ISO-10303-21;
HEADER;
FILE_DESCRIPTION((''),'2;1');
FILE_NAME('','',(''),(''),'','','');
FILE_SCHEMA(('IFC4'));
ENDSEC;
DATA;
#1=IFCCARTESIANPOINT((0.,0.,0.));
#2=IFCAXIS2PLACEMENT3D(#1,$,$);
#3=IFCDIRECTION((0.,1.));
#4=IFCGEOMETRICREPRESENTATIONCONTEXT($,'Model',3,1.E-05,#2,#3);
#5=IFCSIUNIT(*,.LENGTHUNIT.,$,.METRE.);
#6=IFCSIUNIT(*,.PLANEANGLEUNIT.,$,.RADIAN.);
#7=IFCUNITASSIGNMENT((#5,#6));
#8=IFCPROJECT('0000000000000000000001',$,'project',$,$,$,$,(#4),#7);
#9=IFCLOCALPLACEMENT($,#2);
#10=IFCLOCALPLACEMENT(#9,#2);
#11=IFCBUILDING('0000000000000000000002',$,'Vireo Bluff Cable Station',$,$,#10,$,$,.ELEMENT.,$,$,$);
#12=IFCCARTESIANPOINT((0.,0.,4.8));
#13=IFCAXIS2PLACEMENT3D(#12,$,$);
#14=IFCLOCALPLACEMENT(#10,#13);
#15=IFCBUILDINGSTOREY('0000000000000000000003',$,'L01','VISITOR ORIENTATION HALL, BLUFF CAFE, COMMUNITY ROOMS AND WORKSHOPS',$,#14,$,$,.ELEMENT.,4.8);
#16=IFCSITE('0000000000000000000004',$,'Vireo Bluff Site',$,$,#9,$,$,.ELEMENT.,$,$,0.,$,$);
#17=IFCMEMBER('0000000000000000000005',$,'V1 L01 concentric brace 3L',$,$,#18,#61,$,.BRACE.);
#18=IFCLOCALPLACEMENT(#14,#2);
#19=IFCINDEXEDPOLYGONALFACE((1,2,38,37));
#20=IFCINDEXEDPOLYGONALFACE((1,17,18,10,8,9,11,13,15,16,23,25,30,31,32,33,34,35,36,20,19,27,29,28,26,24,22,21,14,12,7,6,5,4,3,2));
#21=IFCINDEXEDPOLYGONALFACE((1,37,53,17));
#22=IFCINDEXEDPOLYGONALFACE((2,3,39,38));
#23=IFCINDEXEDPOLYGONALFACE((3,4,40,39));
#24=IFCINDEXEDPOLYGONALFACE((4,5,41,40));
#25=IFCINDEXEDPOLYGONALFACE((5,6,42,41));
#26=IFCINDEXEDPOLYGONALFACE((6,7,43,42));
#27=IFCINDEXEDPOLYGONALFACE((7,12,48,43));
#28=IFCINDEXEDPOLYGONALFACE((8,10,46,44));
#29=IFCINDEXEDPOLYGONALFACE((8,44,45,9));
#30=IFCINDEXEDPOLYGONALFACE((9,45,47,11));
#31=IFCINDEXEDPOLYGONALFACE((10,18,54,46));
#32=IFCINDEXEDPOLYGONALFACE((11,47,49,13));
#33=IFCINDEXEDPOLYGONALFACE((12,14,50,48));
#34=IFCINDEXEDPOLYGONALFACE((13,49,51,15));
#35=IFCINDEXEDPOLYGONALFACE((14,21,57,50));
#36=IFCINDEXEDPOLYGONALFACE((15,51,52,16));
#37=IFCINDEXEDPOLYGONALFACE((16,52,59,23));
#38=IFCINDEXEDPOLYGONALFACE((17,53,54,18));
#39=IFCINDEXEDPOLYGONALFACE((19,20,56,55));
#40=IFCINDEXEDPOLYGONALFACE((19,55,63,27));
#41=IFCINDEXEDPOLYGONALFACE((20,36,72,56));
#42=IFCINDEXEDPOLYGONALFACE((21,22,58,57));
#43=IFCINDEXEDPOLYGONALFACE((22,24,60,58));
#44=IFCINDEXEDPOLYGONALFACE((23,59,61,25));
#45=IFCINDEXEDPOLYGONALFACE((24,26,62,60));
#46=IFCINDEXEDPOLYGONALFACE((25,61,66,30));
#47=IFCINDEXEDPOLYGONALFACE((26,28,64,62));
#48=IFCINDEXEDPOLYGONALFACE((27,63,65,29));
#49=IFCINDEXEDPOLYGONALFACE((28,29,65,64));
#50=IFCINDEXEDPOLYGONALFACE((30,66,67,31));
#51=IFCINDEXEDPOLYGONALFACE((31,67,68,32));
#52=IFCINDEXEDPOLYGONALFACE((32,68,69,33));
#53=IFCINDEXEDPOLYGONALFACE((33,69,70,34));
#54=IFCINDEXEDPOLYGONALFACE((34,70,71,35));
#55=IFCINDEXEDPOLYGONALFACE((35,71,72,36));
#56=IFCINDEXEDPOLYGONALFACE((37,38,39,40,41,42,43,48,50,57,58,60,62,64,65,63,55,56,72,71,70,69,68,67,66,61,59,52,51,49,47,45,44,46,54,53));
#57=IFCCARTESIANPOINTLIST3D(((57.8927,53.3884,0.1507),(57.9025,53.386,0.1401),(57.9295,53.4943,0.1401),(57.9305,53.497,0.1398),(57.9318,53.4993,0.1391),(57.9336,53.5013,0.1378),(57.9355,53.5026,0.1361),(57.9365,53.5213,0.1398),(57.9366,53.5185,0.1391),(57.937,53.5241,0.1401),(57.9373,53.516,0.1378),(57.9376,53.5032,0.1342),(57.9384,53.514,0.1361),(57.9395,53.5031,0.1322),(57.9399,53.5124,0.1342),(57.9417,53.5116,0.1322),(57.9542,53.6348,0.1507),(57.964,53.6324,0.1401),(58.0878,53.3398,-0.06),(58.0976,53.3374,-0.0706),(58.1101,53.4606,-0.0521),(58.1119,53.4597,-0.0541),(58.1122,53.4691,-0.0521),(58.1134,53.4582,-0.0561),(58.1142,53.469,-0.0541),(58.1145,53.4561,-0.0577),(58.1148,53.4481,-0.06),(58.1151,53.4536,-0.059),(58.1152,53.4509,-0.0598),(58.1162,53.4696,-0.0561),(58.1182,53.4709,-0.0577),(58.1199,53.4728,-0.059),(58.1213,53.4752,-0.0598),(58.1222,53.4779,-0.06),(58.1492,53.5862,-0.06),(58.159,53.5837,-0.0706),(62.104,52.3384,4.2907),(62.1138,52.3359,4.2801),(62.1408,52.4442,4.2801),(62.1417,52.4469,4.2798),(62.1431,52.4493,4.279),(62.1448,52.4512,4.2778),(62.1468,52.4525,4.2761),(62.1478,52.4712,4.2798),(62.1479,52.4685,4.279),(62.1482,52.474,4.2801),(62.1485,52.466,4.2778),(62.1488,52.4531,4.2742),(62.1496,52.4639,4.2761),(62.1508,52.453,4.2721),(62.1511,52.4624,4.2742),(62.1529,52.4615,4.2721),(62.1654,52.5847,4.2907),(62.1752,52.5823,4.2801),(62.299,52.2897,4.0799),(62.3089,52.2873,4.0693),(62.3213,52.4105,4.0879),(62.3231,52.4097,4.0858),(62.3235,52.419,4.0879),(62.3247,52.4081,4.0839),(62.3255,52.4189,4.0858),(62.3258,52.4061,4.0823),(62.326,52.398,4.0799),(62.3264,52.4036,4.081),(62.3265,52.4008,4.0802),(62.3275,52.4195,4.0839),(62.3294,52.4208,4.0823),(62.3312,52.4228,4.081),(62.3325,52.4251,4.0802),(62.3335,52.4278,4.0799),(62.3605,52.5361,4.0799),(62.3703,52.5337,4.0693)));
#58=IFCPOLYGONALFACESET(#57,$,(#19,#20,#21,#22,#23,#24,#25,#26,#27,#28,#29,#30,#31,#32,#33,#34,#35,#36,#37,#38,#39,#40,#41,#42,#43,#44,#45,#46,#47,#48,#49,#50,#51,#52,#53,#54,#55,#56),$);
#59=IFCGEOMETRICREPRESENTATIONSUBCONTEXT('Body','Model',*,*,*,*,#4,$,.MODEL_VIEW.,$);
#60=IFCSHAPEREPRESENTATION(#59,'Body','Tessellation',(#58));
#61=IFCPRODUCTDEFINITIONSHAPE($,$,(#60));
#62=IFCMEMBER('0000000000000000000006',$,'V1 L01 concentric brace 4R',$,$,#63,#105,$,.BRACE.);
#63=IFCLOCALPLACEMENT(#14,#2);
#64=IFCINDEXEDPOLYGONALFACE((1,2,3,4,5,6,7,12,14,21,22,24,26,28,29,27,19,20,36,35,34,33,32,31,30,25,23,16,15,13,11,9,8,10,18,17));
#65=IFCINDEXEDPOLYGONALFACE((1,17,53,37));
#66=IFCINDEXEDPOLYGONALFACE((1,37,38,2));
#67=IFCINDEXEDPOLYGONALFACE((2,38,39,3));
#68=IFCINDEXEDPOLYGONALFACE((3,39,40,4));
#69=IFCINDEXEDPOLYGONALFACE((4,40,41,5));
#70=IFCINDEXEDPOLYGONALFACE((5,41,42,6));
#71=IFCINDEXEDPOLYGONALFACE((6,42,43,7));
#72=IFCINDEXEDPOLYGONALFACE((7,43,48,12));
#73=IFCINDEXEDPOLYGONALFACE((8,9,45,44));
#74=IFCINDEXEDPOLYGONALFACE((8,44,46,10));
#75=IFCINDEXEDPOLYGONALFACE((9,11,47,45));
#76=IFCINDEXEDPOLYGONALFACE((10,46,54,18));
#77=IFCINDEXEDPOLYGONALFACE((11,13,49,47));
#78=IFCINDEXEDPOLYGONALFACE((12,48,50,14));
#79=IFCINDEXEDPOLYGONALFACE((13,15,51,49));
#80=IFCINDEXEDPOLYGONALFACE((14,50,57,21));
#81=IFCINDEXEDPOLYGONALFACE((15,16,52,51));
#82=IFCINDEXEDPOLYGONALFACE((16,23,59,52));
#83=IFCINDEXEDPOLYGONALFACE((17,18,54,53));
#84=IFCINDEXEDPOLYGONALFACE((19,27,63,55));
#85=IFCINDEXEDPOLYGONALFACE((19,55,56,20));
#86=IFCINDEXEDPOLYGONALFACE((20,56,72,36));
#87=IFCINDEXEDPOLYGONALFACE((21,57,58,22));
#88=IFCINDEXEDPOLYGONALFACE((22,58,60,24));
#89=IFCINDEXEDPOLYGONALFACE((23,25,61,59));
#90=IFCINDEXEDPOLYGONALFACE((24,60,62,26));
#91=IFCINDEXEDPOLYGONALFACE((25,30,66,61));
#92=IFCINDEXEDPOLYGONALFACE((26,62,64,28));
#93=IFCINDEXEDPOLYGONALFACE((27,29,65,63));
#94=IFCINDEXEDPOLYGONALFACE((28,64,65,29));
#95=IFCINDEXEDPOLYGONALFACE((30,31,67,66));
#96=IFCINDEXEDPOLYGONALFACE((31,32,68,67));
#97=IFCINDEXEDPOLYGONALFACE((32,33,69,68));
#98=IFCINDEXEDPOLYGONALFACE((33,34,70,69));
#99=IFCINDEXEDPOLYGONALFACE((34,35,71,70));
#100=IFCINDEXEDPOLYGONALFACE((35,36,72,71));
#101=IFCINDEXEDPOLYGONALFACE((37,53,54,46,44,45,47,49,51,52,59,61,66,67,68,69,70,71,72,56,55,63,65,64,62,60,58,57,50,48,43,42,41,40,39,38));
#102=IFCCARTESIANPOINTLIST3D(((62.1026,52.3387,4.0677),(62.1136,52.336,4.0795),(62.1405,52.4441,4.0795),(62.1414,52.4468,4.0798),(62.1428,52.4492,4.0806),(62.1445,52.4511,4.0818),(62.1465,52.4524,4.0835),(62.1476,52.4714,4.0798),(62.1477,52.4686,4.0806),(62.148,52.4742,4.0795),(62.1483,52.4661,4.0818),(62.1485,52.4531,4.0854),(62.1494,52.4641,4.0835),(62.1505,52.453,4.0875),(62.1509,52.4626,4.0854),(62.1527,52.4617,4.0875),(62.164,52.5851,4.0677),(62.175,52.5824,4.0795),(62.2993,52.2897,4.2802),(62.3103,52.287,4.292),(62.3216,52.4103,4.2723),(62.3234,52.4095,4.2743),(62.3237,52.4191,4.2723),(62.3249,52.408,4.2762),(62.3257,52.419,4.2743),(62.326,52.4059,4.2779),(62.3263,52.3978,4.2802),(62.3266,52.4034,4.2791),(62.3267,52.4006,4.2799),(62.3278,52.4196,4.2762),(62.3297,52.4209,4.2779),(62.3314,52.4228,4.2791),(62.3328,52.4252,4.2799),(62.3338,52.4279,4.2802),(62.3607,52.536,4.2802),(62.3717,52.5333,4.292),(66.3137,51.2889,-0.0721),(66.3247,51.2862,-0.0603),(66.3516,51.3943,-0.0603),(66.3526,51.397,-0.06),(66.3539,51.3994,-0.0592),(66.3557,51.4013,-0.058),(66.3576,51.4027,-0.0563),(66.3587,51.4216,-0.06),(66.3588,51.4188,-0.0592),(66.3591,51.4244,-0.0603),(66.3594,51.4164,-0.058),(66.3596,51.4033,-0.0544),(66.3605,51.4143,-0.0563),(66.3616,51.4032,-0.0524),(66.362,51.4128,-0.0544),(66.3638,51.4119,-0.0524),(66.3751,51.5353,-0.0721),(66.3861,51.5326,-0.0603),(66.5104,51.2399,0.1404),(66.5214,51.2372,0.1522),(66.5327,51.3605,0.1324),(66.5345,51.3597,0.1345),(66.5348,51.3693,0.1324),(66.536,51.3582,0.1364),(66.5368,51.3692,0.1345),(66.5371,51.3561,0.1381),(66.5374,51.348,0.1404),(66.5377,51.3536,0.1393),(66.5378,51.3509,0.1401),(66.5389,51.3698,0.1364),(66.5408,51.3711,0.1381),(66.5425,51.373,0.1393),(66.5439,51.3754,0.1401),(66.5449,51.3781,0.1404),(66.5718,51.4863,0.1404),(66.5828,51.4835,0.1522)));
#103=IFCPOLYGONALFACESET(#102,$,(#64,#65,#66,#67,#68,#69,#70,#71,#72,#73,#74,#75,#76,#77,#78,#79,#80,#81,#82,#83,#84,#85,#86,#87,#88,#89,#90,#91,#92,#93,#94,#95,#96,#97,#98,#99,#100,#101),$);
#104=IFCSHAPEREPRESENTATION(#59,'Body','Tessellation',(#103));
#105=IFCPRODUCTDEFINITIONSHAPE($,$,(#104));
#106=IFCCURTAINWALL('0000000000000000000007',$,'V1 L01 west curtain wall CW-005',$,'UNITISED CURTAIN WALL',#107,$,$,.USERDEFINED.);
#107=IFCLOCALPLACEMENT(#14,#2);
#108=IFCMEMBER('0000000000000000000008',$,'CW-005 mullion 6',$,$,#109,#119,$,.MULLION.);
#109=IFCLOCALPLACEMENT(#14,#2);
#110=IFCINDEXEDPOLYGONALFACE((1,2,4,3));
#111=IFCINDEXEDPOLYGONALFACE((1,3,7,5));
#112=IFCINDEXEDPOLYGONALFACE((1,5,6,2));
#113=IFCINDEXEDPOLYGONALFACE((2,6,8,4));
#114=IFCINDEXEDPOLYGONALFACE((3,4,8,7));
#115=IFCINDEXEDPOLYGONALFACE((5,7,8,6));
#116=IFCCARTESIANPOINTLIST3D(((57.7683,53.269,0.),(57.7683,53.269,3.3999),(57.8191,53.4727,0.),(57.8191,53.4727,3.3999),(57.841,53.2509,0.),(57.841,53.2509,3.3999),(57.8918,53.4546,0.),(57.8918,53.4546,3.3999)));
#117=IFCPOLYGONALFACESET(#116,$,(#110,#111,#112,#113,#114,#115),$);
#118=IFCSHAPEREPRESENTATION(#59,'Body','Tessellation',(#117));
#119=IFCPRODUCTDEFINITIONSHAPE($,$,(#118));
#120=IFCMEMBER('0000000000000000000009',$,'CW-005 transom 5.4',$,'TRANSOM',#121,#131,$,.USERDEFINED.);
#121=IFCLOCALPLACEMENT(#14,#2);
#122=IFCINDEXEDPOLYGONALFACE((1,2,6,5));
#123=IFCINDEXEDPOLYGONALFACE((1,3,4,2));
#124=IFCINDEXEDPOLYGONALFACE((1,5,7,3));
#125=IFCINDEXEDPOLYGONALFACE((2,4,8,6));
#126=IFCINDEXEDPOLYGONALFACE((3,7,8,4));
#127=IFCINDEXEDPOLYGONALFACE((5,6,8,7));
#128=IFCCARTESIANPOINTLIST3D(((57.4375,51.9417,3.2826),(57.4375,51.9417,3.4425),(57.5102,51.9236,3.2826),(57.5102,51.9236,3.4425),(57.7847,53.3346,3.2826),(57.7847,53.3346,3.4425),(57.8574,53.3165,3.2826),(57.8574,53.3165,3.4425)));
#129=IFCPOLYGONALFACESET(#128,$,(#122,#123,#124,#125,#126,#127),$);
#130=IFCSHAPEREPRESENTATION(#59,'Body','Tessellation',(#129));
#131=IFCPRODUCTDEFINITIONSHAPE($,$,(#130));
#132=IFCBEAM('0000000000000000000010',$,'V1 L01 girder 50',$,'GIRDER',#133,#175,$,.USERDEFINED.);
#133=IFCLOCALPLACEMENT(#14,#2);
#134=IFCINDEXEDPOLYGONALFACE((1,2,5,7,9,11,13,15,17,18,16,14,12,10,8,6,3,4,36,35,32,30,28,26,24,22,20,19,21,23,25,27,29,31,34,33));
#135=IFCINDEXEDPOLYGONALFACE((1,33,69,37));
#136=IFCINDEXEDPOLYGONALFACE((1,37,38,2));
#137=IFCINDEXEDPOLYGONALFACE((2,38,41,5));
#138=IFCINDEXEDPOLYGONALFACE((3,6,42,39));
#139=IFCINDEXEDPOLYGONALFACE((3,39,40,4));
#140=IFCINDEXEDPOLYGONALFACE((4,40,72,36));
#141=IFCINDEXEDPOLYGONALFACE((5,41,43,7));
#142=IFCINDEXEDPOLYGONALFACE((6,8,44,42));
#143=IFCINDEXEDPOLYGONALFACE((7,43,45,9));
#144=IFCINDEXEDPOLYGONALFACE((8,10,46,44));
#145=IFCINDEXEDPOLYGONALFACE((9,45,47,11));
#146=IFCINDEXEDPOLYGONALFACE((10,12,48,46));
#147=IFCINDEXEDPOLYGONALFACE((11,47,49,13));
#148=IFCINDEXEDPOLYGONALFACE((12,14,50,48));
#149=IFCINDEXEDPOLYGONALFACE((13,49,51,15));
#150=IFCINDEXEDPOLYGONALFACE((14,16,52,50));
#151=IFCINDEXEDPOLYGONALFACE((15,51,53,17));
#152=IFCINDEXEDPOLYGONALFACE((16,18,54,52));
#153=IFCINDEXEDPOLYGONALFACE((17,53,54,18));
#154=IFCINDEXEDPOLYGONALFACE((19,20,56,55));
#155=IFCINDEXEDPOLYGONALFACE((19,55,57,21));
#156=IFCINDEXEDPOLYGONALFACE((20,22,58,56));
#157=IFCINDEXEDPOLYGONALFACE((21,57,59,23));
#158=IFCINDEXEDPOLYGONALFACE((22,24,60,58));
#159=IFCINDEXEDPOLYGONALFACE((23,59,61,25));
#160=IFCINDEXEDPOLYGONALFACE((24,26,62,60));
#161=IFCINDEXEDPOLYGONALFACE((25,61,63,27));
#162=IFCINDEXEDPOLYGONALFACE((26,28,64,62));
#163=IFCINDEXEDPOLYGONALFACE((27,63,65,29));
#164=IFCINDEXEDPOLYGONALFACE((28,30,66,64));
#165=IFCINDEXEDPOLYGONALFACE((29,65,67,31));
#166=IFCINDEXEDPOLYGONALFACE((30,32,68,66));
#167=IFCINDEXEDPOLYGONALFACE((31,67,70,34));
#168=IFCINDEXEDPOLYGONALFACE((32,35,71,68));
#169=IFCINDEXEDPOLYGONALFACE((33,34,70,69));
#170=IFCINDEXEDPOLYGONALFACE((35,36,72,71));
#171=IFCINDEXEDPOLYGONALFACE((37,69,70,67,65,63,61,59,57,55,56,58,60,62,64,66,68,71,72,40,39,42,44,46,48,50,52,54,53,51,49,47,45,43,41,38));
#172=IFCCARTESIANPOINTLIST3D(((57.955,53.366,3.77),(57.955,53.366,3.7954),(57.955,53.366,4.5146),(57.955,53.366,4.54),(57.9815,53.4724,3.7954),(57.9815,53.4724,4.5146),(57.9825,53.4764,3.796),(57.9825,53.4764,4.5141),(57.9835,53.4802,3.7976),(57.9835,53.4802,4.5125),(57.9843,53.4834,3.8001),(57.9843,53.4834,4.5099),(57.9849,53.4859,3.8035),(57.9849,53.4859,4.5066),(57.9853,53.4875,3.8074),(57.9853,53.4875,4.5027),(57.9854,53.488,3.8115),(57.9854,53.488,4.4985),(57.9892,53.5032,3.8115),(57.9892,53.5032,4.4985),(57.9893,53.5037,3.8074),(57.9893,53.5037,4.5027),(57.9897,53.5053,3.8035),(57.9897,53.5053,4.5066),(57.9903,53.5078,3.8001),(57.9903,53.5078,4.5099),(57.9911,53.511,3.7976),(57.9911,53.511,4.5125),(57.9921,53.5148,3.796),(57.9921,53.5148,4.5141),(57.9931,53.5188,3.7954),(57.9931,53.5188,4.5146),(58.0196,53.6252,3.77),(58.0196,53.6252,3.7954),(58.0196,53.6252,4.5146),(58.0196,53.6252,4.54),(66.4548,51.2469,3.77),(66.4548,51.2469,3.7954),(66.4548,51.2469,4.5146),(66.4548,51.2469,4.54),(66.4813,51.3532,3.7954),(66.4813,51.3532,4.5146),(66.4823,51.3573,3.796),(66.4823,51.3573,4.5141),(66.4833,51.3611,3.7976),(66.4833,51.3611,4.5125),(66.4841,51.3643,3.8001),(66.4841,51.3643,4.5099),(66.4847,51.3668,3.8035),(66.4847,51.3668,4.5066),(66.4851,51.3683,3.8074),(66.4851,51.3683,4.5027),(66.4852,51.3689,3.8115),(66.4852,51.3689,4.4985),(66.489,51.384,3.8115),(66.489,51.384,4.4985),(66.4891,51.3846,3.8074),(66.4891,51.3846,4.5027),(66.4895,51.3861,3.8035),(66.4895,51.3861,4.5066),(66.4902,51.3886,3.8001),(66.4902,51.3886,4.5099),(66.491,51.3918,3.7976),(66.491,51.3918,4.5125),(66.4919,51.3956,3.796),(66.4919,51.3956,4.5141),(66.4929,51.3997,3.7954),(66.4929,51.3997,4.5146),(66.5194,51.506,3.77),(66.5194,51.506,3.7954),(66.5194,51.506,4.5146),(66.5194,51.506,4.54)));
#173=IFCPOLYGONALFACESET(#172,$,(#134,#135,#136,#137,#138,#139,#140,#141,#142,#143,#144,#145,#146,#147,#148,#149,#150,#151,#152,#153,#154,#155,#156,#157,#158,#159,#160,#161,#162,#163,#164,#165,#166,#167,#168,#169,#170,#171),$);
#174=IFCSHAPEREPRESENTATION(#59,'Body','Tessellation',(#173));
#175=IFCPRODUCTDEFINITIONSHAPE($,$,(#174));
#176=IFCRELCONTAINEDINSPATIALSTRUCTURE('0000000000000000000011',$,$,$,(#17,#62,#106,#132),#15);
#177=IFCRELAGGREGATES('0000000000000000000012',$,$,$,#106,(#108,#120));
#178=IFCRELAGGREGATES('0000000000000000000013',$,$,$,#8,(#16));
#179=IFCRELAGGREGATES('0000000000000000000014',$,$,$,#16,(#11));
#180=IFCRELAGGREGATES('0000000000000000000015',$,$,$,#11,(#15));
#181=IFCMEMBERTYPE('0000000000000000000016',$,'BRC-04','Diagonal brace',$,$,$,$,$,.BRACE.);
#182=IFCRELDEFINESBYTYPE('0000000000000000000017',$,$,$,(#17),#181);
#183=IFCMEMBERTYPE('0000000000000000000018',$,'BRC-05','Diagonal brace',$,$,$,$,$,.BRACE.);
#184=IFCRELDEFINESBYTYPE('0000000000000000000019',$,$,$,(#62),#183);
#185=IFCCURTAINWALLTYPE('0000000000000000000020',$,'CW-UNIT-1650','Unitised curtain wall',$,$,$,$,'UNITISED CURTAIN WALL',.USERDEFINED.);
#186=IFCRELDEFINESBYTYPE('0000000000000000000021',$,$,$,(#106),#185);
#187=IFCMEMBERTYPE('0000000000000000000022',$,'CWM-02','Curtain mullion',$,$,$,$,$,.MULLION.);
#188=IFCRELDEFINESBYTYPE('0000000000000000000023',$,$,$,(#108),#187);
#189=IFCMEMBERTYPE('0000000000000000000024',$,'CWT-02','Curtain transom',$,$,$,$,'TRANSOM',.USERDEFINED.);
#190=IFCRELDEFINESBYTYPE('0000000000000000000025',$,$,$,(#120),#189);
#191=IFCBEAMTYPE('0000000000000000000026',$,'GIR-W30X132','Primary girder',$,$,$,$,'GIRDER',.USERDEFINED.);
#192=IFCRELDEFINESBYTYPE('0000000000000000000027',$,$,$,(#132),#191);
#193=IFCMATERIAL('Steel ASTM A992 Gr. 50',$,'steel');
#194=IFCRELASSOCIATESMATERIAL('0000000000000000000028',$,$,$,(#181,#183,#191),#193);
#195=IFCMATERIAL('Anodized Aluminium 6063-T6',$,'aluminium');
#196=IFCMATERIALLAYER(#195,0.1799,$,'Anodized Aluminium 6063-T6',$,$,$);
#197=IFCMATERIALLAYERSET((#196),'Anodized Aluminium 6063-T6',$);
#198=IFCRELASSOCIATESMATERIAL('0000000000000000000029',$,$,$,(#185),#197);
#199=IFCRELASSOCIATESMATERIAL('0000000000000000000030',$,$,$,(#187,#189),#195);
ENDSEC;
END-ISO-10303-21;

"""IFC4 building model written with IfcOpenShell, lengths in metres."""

from ifc_helpers import new_model, si_unit, direction, frame, origin, origin_2d, place, context, subcontext, project, spatial, rectangle, i_section, extrude, material, layer, layer_set, material_profile, profile_set, type_object, element, aggregate, save


model = new_model("IFC4")

# Units and contexts
model_context = context("Model", 3, precision=1e-05, world=origin(), true_north=direction((0.0, 1.0)))
body_context = subcontext(model_context, "Body", "Model", "MODEL_VIEW")
ifc_project = project(units=[si_unit("LENGTHUNIT", "METRE"), si_unit("PLANEANGLEUNIT", "RADIAN")], contexts=[model_context])

# Site, building, storey
site_placement = place(None, origin())
site = spatial("IfcSite", under=ifc_project, at=site_placement, Name="Vireo Bluff Site", CompositionType="ELEMENT", RefElevation=0.0)
building_placement = place(site_placement, origin())
building = spatial("IfcBuilding", under=site, at=building_placement, Name="Vireo Bluff Cable Station", CompositionType="ELEMENT")
storey_placement = place(building_placement, frame((0.0, 0.0, 4.8)))
storey = spatial("IfcBuildingStorey", under=building, at=storey_placement, Name="L01", Description="VISITOR ORIENTATION HALL, BLUFF CAFE, COMMUNITY ROOMS AND WORKSHOPS", CompositionType="ELEMENT", Elevation=4.8)

# Shared definitions
ifc_material_1 = material(Name="Steel ASTM A992 Gr. 50", Category="steel")

# Members
ifc_material_profile_1 = material_profile(ifc_material_1, i_section(OverallWidth=0.2539, OverallDepth=0.3059, WebThickness=0.0088, FlangeThickness=0.0146, FilletRadius=0.011, at=origin_2d()), Name="W12X53")
ifc_profile_set_1 = profile_set([ifc_material_profile_1], Name="Steel ASTM A992 Gr. 50")
member_type_1 = type_object("IfcMemberType", Name="BRC-04", Description="Diagonal brace", PredefinedType="BRACE", material=ifc_profile_set_1)
member_1_placement = place(storey_placement, frame((58.0259, 53.4861, 0.04), z_axis=(0.702104, -0.175068, 0.690218), x_axis=(0.24194, 0.970291, 0.0)))
element("IfcMember", 1, at=member_1_placement, inside=storey, type_object=member_type_1, Name="V1 L01 concentric brace 3L", PredefinedType="BRACE", context=body_context, shape_type="SweptSolid", body=[
    extrude(i_section(OverallWidth=0.2539, OverallDepth=0.3059, WebThickness=0.0088, FlangeThickness=0.0146, FilletRadius=0.011, at=origin_2d()), origin(), (0.0, 0.0, 1.0), 5.998),
])
ifc_material_profile_2 = material_profile(ifc_material_1, i_section(OverallWidth=0.2539, OverallDepth=0.3101, WebThickness=0.009, FlangeThickness=0.0164, FilletRadius=0.011, at=origin_2d()), Name="W12X58")
ifc_profile_set_2 = profile_set([ifc_material_profile_2], Name="Steel ASTM A992 Gr. 50")
member_type_2 = type_object("IfcMemberType", Name="BRC-05", Description="Diagonal brace", PredefinedType="BRACE", material=ifc_profile_set_2)
member_2_placement = place(storey_placement, frame((66.4482, 51.3862, 0.04), z_axis=(-0.702109, 0.175029, 0.690223), x_axis=(-0.241887, -0.970304, 0.0)))
element("IfcMember", 2, at=member_2_placement, inside=storey, type_object=member_type_2, Name="V1 L01 concentric brace 4R", PredefinedType="BRACE", context=body_context, shape_type="SweptSolid", body=[
    extrude(i_section(OverallWidth=0.2539, OverallDepth=0.3101, WebThickness=0.009, FlangeThickness=0.0164, FilletRadius=0.011, at=origin_2d()), origin(), (0.0, 0.0, 1.0), 5.9978),
])

# Curtain wall, members
ifc_material_2 = material(Name="Anodized Aluminium 6063-T6", Category="aluminium")
ifc_layer_1 = layer(ifc_material_2, 0.1799, Name="Anodized Aluminium 6063-T6")
ifc_layer_set_1 = layer_set([ifc_layer_1], Name="Anodized Aluminium 6063-T6")
curtain_wall_type = type_object("IfcCurtainWallType", Name="CW-UNIT-1650", Description="Unitised curtain wall", ElementType="UNITISED CURTAIN WALL", PredefinedType="USERDEFINED", material=ifc_layer_set_1)
curtain_wall_placement = place(storey_placement, origin())
curtain_wall = element("IfcCurtainWall", 3, at=curtain_wall_placement, inside=storey, type_object=curtain_wall_type, Name="V1 L01 west curtain wall CW-005", ObjectType="UNITISED CURTAIN WALL", PredefinedType="USERDEFINED")
ifc_material_profile_3 = material_profile(ifc_material_2, rectangle(XDim=0.075, YDim=0.21, at=origin_2d()), Name="ALU-M-75X210")
ifc_profile_set_3 = profile_set([ifc_material_profile_3], Name="Anodized Aluminium 6063-T6")
member_type_3 = type_object("IfcMemberType", Name="CWM-02", Description="Curtain mullion", PredefinedType="MULLION", material=ifc_profile_set_3)
member_3_placement = place(storey_placement, frame((57.8301, 53.3618, 0.0), z_axis=(0.0, 0.0, 1.0), x_axis=(-0.970296, 0.241922, 0.0)))
member_3 = element("IfcMember", 4, at=member_3_placement, type_object=member_type_3, Name="CW-005 mullion 6", PredefinedType="MULLION", context=body_context, shape_type="SweptSolid", body=[
    extrude(rectangle(XDim=0.075, YDim=0.21, at=origin_2d()), origin(), (0.0, 0.0, 1.0), 3.3999),
])
ifc_material_profile_4 = material_profile(ifc_material_2, rectangle(XDim=0.075, YDim=0.1599, at=origin_2d()), Name="ALU-T-75X160")
ifc_profile_set_4 = profile_set([ifc_material_profile_4], Name="Anodized Aluminium 6063-T6")
member_type_4 = type_object("IfcMemberType", Name="CWT-02", Description="Curtain transom", ElementType="TRANSOM", PredefinedType="USERDEFINED", material=ifc_profile_set_4)
member_4_placement = place(storey_placement, frame((57.4739, 51.9326, 3.3625), z_axis=(0.241855, 0.970312, 0.0), x_axis=(-0.970312, 0.241855, 0.0)))
member_4 = element("IfcMember", 5, at=member_4_placement, type_object=member_type_4, Name="CW-005 transom 5.4", ObjectType="TRANSOM", PredefinedType="USERDEFINED", context=body_context, shape_type="SweptSolid", body=[
    extrude(rectangle(XDim=0.075, YDim=0.1599, at=origin_2d()), origin(), (0.0, 0.0, 1.0), 1.4355),
])

# Beam
ifc_material_profile_5 = material_profile(ifc_material_1, i_section(OverallWidth=0.2671, OverallDepth=0.77, WebThickness=0.0156, FlangeThickness=0.0254, FilletRadius=0.0161, at=origin_2d()), Name="W30X132")
ifc_profile_set_5 = profile_set([ifc_material_profile_5], Name="Steel ASTM A992 Gr. 50")
beam_type_1 = type_object("IfcBeamType", Name="GIR-W30X132", Description="Primary girder", ElementType="GIRDER", PredefinedType="USERDEFINED", material=ifc_profile_set_5)
beam_1_placement = place(storey_placement, frame((57.9873, 53.4956, 4.155), z_axis=(0.970298, -0.241913, 0.0), x_axis=(0.241913, 0.970298, 0.0)))
element("IfcBeam", 6, at=beam_1_placement, inside=storey, type_object=beam_type_1, Name="V1 L01 girder 50", ObjectType="GIRDER", PredefinedType="USERDEFINED", context=body_context, shape_type="SweptSolid", body=[
    extrude(i_section(OverallWidth=0.2671, OverallDepth=0.77, WebThickness=0.0156, FlangeThickness=0.0254, FilletRadius=0.0161, at=origin_2d()), origin(), (0.0, 0.0, 1.0), 8.76),
])

aggregate(curtain_wall, [member_3, member_4])

save(model, "model.ifc")
